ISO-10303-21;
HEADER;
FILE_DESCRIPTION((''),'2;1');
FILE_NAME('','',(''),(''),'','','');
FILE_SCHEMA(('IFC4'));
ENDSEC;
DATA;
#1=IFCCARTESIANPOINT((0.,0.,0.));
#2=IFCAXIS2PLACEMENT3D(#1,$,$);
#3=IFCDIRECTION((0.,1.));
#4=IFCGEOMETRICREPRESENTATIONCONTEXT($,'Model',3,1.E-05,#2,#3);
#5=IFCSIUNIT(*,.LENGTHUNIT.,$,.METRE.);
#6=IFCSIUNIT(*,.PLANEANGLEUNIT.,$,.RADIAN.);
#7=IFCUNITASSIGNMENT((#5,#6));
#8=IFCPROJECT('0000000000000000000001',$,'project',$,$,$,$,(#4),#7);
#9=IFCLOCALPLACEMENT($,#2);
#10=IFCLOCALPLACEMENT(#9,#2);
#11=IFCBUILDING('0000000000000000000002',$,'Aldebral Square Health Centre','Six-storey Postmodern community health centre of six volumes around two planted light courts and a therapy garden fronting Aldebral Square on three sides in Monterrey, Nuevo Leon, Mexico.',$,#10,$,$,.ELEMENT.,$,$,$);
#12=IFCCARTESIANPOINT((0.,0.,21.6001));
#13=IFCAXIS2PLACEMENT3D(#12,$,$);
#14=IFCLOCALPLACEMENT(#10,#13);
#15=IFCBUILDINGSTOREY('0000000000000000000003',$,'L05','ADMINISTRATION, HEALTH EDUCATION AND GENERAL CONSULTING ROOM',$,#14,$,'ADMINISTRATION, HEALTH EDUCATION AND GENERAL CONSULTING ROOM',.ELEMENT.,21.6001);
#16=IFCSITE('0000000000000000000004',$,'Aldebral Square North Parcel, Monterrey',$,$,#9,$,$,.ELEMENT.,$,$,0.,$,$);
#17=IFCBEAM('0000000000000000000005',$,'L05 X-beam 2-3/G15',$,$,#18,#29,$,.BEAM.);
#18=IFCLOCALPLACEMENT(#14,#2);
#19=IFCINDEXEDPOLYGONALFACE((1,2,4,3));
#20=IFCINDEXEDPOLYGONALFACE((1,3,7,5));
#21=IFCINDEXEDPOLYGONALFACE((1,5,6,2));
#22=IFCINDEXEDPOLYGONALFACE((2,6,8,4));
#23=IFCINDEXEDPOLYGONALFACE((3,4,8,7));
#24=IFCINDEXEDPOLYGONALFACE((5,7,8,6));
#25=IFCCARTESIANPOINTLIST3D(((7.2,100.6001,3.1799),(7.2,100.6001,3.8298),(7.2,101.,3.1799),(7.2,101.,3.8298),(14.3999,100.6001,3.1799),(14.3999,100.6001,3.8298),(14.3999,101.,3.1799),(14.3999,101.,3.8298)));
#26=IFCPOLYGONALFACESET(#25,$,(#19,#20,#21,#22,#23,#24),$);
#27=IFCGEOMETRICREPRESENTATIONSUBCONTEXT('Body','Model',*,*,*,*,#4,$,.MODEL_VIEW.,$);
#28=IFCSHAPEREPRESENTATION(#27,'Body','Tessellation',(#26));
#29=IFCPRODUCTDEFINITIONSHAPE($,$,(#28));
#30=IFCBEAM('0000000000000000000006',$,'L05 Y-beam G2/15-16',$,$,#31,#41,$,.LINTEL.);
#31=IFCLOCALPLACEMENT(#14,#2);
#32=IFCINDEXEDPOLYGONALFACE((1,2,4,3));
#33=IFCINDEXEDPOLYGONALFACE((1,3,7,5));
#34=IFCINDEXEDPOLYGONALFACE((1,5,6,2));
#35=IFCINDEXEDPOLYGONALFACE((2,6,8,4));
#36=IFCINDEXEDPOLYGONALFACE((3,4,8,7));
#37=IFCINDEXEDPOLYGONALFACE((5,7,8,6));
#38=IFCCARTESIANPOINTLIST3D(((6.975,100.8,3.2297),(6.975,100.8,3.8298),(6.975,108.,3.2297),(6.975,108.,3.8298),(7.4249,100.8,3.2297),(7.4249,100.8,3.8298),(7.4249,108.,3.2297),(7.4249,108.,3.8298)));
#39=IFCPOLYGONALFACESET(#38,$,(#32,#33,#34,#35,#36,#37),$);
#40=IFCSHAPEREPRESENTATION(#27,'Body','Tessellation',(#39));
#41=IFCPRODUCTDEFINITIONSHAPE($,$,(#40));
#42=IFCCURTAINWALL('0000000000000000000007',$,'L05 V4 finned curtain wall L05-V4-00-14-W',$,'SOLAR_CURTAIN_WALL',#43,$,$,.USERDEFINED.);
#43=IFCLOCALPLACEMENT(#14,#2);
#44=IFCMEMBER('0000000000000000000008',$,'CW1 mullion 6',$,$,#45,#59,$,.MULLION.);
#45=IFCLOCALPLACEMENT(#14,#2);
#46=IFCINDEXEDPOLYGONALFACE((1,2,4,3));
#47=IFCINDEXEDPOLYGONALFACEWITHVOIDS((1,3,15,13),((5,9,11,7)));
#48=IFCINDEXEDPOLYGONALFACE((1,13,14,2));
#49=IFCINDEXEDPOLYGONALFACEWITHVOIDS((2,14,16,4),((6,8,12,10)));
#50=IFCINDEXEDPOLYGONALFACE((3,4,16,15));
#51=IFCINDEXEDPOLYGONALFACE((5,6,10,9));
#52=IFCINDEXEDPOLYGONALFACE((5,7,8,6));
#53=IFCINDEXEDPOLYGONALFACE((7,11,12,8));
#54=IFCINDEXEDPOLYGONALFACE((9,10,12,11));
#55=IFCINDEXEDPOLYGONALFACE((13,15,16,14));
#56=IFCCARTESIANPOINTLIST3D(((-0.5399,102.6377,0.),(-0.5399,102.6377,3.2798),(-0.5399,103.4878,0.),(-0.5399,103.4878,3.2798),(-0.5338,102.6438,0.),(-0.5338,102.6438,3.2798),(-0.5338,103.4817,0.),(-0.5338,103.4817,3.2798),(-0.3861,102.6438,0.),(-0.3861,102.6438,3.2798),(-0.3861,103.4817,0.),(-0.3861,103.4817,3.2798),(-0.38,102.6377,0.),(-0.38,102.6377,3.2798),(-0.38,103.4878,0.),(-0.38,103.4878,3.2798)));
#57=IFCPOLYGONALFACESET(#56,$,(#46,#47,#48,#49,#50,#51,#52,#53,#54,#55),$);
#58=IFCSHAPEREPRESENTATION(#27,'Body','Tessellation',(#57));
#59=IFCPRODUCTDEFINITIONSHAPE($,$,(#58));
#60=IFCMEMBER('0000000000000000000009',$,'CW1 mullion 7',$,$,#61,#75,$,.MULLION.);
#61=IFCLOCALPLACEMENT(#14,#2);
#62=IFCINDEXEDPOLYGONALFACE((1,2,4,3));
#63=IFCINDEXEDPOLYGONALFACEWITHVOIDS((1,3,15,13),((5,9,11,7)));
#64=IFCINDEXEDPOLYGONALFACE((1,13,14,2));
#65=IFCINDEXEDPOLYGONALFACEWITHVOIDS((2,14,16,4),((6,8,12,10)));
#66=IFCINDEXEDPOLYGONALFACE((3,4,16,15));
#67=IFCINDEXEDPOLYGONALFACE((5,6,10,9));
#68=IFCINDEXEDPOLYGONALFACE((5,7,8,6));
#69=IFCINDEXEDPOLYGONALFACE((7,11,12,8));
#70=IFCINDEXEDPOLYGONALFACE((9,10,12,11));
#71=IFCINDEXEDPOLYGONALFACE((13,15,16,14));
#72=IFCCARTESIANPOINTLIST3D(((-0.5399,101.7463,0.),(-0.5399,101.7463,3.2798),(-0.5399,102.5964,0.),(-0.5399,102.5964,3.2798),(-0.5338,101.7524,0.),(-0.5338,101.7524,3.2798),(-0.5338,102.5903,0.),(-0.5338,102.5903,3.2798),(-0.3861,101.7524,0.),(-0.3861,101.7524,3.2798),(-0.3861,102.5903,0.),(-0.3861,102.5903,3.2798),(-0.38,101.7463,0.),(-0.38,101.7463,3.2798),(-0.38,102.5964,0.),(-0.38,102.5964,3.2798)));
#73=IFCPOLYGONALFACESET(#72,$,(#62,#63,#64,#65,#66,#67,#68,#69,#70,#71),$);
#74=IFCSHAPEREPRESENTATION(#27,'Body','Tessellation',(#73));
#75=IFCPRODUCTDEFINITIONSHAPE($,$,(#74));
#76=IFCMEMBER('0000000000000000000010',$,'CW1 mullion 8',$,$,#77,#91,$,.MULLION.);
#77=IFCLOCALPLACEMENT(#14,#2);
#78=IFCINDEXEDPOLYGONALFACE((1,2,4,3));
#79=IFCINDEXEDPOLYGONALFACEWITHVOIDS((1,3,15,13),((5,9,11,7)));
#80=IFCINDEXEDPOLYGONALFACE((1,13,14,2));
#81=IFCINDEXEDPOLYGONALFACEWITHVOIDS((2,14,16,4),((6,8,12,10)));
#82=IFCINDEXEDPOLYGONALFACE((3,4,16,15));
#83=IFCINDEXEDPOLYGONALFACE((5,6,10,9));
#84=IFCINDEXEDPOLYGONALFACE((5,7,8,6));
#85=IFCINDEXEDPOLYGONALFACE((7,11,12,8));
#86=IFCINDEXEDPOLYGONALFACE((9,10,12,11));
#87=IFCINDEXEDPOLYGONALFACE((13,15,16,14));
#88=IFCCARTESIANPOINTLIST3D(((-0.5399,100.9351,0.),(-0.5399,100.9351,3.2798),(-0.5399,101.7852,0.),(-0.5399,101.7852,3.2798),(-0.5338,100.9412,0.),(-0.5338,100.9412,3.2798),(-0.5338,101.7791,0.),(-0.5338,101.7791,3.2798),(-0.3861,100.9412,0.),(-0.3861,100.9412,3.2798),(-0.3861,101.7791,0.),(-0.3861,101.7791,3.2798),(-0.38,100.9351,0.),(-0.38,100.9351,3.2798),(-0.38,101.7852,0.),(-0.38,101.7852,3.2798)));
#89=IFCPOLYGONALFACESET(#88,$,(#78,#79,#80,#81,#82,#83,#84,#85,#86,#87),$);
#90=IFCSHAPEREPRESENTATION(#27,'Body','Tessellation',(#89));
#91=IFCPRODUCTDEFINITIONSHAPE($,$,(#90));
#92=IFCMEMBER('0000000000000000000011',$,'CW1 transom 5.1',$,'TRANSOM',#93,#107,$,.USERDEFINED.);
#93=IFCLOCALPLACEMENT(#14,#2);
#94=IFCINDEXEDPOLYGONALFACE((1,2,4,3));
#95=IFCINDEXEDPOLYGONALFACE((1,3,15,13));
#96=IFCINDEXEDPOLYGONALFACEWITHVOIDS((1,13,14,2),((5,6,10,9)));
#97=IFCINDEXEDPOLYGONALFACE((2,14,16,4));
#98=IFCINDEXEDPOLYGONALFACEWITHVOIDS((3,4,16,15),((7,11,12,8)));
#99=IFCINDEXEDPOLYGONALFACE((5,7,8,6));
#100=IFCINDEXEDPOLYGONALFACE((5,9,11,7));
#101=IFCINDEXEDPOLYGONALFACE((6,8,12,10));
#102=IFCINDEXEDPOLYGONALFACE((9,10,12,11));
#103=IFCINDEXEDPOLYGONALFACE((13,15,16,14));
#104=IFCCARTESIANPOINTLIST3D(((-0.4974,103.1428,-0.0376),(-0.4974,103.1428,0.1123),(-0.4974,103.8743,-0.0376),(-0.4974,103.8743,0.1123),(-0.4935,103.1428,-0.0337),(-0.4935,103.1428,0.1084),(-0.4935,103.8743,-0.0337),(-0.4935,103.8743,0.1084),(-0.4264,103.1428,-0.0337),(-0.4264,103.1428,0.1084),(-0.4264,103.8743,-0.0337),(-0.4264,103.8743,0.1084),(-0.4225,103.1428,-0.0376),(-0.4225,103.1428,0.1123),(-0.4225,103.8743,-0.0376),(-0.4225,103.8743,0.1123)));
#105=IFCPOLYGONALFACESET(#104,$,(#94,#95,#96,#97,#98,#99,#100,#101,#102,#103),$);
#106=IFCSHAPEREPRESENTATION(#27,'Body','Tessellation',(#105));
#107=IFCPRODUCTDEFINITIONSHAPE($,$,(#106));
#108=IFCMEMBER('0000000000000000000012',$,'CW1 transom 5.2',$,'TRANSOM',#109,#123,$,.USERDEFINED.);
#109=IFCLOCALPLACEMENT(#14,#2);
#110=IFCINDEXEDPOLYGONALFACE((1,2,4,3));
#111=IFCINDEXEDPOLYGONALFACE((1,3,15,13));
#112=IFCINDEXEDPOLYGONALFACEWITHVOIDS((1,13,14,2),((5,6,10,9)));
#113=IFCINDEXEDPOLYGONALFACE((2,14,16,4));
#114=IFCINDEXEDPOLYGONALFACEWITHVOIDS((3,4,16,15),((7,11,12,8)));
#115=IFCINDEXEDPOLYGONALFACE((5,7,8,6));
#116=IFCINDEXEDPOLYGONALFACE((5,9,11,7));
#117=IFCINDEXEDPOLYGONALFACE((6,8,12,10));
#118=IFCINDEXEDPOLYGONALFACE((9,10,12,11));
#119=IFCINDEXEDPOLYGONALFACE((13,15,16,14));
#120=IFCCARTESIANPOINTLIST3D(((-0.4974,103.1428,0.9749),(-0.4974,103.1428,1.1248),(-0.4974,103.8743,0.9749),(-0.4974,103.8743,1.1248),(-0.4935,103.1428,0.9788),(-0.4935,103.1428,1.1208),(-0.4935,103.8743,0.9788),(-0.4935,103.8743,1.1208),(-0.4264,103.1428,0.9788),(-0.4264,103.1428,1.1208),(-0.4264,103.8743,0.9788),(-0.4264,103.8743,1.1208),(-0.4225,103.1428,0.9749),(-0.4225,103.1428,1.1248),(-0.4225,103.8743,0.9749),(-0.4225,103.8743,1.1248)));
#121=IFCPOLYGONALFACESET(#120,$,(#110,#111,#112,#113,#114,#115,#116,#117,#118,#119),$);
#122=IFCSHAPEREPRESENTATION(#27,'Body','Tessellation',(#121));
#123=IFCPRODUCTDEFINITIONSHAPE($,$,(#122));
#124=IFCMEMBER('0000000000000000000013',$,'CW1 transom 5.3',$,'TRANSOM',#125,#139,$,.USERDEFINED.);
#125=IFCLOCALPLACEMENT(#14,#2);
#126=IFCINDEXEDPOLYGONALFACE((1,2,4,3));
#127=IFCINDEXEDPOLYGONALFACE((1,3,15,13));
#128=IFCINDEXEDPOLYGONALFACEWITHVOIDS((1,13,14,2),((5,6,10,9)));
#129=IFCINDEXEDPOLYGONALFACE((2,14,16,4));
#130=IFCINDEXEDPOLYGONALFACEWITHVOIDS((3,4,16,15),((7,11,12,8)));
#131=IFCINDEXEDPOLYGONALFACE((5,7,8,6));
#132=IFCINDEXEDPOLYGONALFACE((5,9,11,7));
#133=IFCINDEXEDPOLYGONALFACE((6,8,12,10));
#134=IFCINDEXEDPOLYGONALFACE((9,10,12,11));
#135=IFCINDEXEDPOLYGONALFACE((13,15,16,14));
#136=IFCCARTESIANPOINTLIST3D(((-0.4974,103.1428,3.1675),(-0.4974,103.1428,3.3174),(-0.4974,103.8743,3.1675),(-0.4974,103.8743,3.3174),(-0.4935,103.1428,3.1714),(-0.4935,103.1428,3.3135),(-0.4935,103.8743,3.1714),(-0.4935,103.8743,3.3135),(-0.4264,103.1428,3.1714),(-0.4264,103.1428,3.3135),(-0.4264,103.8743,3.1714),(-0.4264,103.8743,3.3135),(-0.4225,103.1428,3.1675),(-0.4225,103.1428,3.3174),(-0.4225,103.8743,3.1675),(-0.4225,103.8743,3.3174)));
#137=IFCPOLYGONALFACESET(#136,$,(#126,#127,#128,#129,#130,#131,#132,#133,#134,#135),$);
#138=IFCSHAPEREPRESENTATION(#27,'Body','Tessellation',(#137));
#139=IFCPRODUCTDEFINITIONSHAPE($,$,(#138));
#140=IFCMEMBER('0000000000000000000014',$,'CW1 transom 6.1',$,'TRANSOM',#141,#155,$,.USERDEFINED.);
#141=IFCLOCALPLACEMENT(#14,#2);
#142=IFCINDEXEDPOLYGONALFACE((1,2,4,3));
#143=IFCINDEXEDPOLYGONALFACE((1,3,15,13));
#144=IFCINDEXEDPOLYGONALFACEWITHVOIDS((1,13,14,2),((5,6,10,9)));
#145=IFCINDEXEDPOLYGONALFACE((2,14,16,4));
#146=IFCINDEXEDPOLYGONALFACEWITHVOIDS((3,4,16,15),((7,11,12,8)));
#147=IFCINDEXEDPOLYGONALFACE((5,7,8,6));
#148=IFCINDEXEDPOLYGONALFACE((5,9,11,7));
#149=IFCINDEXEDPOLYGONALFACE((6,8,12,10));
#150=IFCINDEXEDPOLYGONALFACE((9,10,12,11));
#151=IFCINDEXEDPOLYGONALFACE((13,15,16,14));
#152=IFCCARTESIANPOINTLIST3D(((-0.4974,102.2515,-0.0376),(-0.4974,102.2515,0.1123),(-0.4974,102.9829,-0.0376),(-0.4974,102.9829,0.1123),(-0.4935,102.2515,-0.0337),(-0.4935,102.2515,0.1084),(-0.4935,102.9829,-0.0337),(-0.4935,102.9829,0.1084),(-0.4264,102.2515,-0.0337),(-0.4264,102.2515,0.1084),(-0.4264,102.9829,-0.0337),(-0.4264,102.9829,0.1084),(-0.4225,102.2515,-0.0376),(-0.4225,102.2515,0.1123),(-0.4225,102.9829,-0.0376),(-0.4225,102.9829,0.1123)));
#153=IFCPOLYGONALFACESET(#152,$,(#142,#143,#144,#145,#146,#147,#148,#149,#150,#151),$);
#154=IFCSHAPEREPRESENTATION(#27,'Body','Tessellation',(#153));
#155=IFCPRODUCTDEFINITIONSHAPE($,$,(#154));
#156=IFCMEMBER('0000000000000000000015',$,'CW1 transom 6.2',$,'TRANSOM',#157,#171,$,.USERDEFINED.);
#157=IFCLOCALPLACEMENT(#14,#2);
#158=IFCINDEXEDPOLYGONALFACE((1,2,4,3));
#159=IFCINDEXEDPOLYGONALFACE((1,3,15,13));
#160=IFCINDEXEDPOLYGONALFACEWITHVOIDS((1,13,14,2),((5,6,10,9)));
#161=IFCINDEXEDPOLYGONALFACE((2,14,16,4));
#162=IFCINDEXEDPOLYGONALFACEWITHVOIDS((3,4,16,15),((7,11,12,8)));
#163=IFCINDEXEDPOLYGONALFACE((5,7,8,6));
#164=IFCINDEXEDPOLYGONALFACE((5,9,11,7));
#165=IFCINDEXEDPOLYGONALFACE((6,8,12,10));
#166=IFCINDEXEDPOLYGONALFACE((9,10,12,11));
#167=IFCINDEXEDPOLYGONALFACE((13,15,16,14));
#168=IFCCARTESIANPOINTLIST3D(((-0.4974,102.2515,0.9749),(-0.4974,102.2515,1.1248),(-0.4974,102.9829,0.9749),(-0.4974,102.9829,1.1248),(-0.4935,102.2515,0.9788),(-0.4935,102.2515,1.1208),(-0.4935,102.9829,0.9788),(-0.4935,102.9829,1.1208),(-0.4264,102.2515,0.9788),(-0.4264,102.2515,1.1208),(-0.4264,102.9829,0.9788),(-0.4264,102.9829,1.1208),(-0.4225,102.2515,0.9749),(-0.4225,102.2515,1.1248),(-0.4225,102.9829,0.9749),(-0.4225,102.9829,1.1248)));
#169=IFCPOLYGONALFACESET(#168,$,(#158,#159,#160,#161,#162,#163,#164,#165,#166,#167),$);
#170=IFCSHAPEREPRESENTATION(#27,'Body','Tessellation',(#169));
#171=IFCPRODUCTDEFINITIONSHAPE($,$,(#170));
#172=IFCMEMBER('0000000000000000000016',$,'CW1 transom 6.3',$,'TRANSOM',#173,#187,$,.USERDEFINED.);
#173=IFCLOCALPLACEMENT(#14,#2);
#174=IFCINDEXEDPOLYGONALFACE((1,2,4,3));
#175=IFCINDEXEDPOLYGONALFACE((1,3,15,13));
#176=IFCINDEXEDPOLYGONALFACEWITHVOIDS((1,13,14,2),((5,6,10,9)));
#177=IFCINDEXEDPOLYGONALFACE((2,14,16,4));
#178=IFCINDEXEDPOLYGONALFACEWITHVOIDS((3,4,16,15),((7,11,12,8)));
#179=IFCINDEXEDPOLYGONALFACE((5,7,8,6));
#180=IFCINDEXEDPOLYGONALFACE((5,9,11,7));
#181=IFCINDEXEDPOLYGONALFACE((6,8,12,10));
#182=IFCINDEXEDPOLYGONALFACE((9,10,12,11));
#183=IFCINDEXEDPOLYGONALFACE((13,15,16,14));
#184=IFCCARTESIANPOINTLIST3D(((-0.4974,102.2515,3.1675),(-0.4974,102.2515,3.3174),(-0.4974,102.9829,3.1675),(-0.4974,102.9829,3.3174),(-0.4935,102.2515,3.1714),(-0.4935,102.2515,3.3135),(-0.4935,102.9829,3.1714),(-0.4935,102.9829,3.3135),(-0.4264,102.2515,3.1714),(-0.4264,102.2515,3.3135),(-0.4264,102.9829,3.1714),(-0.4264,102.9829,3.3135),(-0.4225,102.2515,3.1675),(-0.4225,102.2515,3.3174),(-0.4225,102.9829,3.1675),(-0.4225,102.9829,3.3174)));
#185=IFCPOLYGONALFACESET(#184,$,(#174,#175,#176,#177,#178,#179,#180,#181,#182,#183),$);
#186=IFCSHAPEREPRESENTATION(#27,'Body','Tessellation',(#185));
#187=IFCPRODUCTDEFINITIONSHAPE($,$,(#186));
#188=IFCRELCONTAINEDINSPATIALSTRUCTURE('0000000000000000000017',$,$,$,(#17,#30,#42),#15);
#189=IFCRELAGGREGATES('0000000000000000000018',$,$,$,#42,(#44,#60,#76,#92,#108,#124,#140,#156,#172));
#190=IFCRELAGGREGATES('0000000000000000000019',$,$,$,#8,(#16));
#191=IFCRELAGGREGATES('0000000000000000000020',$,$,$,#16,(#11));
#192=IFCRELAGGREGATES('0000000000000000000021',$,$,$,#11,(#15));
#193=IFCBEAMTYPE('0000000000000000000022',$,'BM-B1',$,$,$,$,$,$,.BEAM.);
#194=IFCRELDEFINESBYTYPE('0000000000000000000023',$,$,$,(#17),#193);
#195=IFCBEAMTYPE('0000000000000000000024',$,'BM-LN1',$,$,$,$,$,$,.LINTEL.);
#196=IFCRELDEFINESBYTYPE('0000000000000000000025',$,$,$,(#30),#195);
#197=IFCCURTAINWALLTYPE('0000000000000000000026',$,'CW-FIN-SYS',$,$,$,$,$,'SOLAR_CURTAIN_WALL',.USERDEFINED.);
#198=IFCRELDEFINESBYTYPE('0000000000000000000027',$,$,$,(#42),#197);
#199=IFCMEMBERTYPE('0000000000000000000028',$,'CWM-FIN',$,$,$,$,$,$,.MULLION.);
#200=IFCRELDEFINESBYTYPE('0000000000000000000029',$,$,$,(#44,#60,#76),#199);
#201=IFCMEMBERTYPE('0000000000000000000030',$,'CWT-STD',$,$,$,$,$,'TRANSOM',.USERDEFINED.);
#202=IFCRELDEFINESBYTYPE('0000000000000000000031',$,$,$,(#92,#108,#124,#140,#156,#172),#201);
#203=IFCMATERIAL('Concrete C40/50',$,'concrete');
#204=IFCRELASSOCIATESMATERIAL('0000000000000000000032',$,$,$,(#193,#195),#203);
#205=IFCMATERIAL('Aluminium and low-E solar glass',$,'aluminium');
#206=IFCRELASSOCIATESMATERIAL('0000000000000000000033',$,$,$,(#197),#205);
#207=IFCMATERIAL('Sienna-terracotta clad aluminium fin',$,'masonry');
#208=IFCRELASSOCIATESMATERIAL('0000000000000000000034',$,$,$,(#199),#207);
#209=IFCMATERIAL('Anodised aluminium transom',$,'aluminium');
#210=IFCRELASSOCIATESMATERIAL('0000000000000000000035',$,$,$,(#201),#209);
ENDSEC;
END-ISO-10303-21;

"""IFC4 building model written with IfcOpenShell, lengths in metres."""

from ifc_helpers import new_model, si_unit, direction, frame, origin, origin_2d, place, context, subcontext, project, spatial, rectangle, hollow_rectangle, extrude, material, material_profile, profile_set, type_object, element, aggregate, save


model = new_model("IFC4")

# Units and contexts
model_context = context("Model", 3, precision=1e-05, world=origin(), true_north=direction((0.0, 1.0)))
body_context = subcontext(model_context, "Body", "Model", "MODEL_VIEW")
ifc_project = project(units=[si_unit("LENGTHUNIT", "METRE"), si_unit("PLANEANGLEUNIT", "RADIAN")], contexts=[model_context])

# Site, building, storey
site_placement = place(None, origin())
site = spatial("IfcSite", under=ifc_project, at=site_placement, Name="Aldebral Square North Parcel, Monterrey", CompositionType="ELEMENT", RefElevation=0.0)
building_placement = place(site_placement, origin())
building = spatial("IfcBuilding", under=site, at=building_placement, Name="Aldebral Square Health Centre", Description="Six-storey Postmodern community health centre of six volumes around two planted light courts and a therapy garden fronting Aldebral Square on three sides in Monterrey, Nuevo Leon, Mexico.", CompositionType="ELEMENT")
storey_placement = place(building_placement, frame((0.0, 0.0, 21.6001)))
storey = spatial("IfcBuildingStorey", under=building, at=storey_placement, Name="L05", Description="ADMINISTRATION, HEALTH EDUCATION AND GENERAL CONSULTING ROOM", LongName="ADMINISTRATION, HEALTH EDUCATION AND GENERAL CONSULTING ROOM", CompositionType="ELEMENT", Elevation=21.6001)

# Beams
ifc_material_1 = material(Name="Concrete C40/50", Category="concrete")
ifc_material_profile_1 = material_profile(ifc_material_1, rectangle(XDim=0.3999, YDim=0.6499, at=origin_2d()), Name="RC 400x650")
ifc_profile_set_1 = profile_set([ifc_material_profile_1], Name="Concrete C40/50")
beam_type_1 = type_object("IfcBeamType", Name="BM-B1", PredefinedType="BEAM", material=ifc_profile_set_1)
beam_1_placement = place(storey_placement, frame((7.2, 100.8, 3.5049), z_axis=(1.0, 0.0, 0.0), x_axis=(0.0, 1.0, 0.0)))
element("IfcBeam", 1, at=beam_1_placement, inside=storey, type_object=beam_type_1, Name="L05 X-beam 2-3/G15", PredefinedType="BEAM", context=body_context, shape_type="SweptSolid", body=[
    extrude(rectangle(XDim=0.3999, YDim=0.6499, at=origin_2d()), origin(), (0.0, 0.0, 1.0), 7.2),
])
ifc_material_profile_2 = material_profile(ifc_material_1, rectangle(XDim=0.45, YDim=0.6001, at=origin_2d()), Name="RC 450x600")
ifc_profile_set_2 = profile_set([ifc_material_profile_2], Name="Concrete C40/50")
beam_type_2 = type_object("IfcBeamType", Name="BM-LN1", PredefinedType="LINTEL", material=ifc_profile_set_2)
beam_2_placement = place(storey_placement, frame((7.2, 100.8, 3.5298), z_axis=(0.0, 1.0, 0.0), x_axis=(-1.0, 0.0, 0.0)))
element("IfcBeam", 2, at=beam_2_placement, inside=storey, type_object=beam_type_2, Name="L05 Y-beam G2/15-16", PredefinedType="LINTEL", context=body_context, shape_type="SweptSolid", body=[
    extrude(rectangle(XDim=0.45, YDim=0.6001, at=origin_2d()), origin(), (0.0, 0.0, 1.0), 7.2),
])

# Curtain wall, members
ifc_material_2 = material(Name="Aluminium and low-E solar glass", Category="aluminium")
curtain_wall_type = type_object("IfcCurtainWallType", Name="CW-FIN-SYS", ElementType="SOLAR_CURTAIN_WALL", PredefinedType="USERDEFINED", material=ifc_material_2)
curtain_wall_placement = place(storey_placement, origin())
curtain_wall = element("IfcCurtainWall", 3, at=curtain_wall_placement, inside=storey, type_object=curtain_wall_type, Name="L05 V4 finned curtain wall L05-V4-00-14-W", ObjectType="SOLAR_CURTAIN_WALL", PredefinedType="USERDEFINED")
ifc_material_3 = material(Name="Sienna-terracotta clad aluminium fin", Category="masonry")
ifc_material_profile_3 = material_profile(ifc_material_3, hollow_rectangle(XDim=0.1599, YDim=0.8501, WallThickness=0.0061, at=origin_2d()), Name="FIN 160x850x6")
ifc_profile_set_3 = profile_set([ifc_material_profile_3], Name="Sienna-terracotta clad aluminium fin")
member_type_1 = type_object("IfcMemberType", Name="CWM-FIN", PredefinedType="MULLION", material=ifc_profile_set_3)
member_1_placement = place(storey_placement, frame((-0.46, 103.0627, 0.0), z_axis=(0.0, 0.0, 1.0), x_axis=(1.0, 0.0, 0.0)))
member_1 = element("IfcMember", 4, at=member_1_placement, type_object=member_type_1, Name="CW1 mullion 6", PredefinedType="MULLION", context=body_context, shape_type="SweptSolid", body=[
    extrude(hollow_rectangle(XDim=0.1599, YDim=0.8501, WallThickness=0.0061, at=origin_2d()), origin(), (0.0, 0.0, 1.0), 3.2798),
])
member_2_placement = place(storey_placement, frame((-0.46, 102.1714, 0.0), z_axis=(0.0, 0.0, 1.0), x_axis=(1.0, 0.0, 0.0)))
member_2 = element("IfcMember", 5, at=member_2_placement, type_object=member_type_1, Name="CW1 mullion 7", PredefinedType="MULLION", context=body_context, shape_type="SweptSolid", body=[
    extrude(hollow_rectangle(XDim=0.1599, YDim=0.8501, WallThickness=0.0061, at=origin_2d()), origin(), (0.0, 0.0, 1.0), 3.2798),
])
member_3_placement = place(storey_placement, frame((-0.46, 101.3601, 0.0), z_axis=(0.0, 0.0, 1.0), x_axis=(1.0, 0.0, 0.0)))
member_3 = element("IfcMember", 6, at=member_3_placement, type_object=member_type_1, Name="CW1 mullion 8", PredefinedType="MULLION", context=body_context, shape_type="SweptSolid", body=[
    extrude(hollow_rectangle(XDim=0.1599, YDim=0.8501, WallThickness=0.0061, at=origin_2d()), origin(), (0.0, 0.0, 1.0), 3.2798),
])
ifc_material_4 = material(Name="Anodised aluminium transom", Category="aluminium")
ifc_material_profile_4 = material_profile(ifc_material_4, hollow_rectangle(XDim=0.075, YDim=0.1499, WallThickness=0.0039, at=origin_2d()), Name="CWT 75x150x4")
ifc_profile_set_4 = profile_set([ifc_material_profile_4], Name="Anodised aluminium transom")
member_type_2 = type_object("IfcMemberType", Name="CWT-STD", ElementType="TRANSOM", PredefinedType="USERDEFINED", material=ifc_profile_set_4)
member_4_placement = place(storey_placement, frame((-0.46, 103.8743, 0.0374), z_axis=(0.0, -1.0, 0.0), x_axis=(1.0, 0.0, 0.0)))
member_4 = element("IfcMember", 7, at=member_4_placement, type_object=member_type_2, Name="CW1 transom 5.1", ObjectType="TRANSOM", PredefinedType="USERDEFINED", context=body_context, shape_type="SweptSolid", body=[
    extrude(hollow_rectangle(XDim=0.075, YDim=0.1499, WallThickness=0.0039, at=origin_2d()), origin(), (0.0, 0.0, 1.0), 0.7314),
])
member_5_placement = place(storey_placement, frame((-0.46, 103.8743, 1.0498), z_axis=(0.0, -1.0, 0.0), x_axis=(1.0, 0.0, 0.0)))
member_5 = element("IfcMember", 8, at=member_5_placement, type_object=member_type_2, Name="CW1 transom 5.2", ObjectType="TRANSOM", PredefinedType="USERDEFINED", context=body_context, shape_type="SweptSolid", body=[
    extrude(hollow_rectangle(XDim=0.075, YDim=0.1499, WallThickness=0.0039, at=origin_2d()), origin(), (0.0, 0.0, 1.0), 0.7314),
])
member_6_placement = place(storey_placement, frame((-0.46, 103.8743, 3.2424), z_axis=(0.0, -1.0, 0.0), x_axis=(1.0, 0.0, 0.0)))
member_6 = element("IfcMember", 9, at=member_6_placement, type_object=member_type_2, Name="CW1 transom 5.3", ObjectType="TRANSOM", PredefinedType="USERDEFINED", context=body_context, shape_type="SweptSolid", body=[
    extrude(hollow_rectangle(XDim=0.075, YDim=0.1499, WallThickness=0.0039, at=origin_2d()), origin(), (0.0, 0.0, 1.0), 0.7314),
])
member_7_placement = place(storey_placement, frame((-0.46, 102.9829, 0.0374), z_axis=(0.0, -1.0, 0.0), x_axis=(1.0, 0.0, 0.0)))
member_7 = element("IfcMember", 10, at=member_7_placement, type_object=member_type_2, Name="CW1 transom 6.1", ObjectType="TRANSOM", PredefinedType="USERDEFINED", context=body_context, shape_type="SweptSolid", body=[
    extrude(hollow_rectangle(XDim=0.075, YDim=0.1499, WallThickness=0.0039, at=origin_2d()), origin(), (0.0, 0.0, 1.0), 0.7314),
])
member_8_placement = place(storey_placement, frame((-0.46, 102.9829, 1.0498), z_axis=(0.0, -1.0, 0.0), x_axis=(1.0, 0.0, 0.0)))
member_8 = element("IfcMember", 11, at=member_8_placement, type_object=member_type_2, Name="CW1 transom 6.2", ObjectType="TRANSOM", PredefinedType="USERDEFINED", context=body_context, shape_type="SweptSolid", body=[
    extrude(hollow_rectangle(XDim=0.075, YDim=0.1499, WallThickness=0.0039, at=origin_2d()), origin(), (0.0, 0.0, 1.0), 0.7314),
])
member_9_placement = place(storey_placement, frame((-0.46, 102.9829, 3.2424), z_axis=(0.0, -1.0, 0.0), x_axis=(1.0, 0.0, 0.0)))
member_9 = element("IfcMember", 12, at=member_9_placement, type_object=member_type_2, Name="CW1 transom 6.3", ObjectType="TRANSOM", PredefinedType="USERDEFINED", context=body_context, shape_type="SweptSolid", body=[
    extrude(hollow_rectangle(XDim=0.075, YDim=0.1499, WallThickness=0.0039, at=origin_2d()), origin(), (0.0, 0.0, 1.0), 0.7314),
])
aggregate(curtain_wall, [member_1, member_2, member_3, member_4, member_5, member_6, member_7, member_8, member_9])

save(model, "model.ifc")
